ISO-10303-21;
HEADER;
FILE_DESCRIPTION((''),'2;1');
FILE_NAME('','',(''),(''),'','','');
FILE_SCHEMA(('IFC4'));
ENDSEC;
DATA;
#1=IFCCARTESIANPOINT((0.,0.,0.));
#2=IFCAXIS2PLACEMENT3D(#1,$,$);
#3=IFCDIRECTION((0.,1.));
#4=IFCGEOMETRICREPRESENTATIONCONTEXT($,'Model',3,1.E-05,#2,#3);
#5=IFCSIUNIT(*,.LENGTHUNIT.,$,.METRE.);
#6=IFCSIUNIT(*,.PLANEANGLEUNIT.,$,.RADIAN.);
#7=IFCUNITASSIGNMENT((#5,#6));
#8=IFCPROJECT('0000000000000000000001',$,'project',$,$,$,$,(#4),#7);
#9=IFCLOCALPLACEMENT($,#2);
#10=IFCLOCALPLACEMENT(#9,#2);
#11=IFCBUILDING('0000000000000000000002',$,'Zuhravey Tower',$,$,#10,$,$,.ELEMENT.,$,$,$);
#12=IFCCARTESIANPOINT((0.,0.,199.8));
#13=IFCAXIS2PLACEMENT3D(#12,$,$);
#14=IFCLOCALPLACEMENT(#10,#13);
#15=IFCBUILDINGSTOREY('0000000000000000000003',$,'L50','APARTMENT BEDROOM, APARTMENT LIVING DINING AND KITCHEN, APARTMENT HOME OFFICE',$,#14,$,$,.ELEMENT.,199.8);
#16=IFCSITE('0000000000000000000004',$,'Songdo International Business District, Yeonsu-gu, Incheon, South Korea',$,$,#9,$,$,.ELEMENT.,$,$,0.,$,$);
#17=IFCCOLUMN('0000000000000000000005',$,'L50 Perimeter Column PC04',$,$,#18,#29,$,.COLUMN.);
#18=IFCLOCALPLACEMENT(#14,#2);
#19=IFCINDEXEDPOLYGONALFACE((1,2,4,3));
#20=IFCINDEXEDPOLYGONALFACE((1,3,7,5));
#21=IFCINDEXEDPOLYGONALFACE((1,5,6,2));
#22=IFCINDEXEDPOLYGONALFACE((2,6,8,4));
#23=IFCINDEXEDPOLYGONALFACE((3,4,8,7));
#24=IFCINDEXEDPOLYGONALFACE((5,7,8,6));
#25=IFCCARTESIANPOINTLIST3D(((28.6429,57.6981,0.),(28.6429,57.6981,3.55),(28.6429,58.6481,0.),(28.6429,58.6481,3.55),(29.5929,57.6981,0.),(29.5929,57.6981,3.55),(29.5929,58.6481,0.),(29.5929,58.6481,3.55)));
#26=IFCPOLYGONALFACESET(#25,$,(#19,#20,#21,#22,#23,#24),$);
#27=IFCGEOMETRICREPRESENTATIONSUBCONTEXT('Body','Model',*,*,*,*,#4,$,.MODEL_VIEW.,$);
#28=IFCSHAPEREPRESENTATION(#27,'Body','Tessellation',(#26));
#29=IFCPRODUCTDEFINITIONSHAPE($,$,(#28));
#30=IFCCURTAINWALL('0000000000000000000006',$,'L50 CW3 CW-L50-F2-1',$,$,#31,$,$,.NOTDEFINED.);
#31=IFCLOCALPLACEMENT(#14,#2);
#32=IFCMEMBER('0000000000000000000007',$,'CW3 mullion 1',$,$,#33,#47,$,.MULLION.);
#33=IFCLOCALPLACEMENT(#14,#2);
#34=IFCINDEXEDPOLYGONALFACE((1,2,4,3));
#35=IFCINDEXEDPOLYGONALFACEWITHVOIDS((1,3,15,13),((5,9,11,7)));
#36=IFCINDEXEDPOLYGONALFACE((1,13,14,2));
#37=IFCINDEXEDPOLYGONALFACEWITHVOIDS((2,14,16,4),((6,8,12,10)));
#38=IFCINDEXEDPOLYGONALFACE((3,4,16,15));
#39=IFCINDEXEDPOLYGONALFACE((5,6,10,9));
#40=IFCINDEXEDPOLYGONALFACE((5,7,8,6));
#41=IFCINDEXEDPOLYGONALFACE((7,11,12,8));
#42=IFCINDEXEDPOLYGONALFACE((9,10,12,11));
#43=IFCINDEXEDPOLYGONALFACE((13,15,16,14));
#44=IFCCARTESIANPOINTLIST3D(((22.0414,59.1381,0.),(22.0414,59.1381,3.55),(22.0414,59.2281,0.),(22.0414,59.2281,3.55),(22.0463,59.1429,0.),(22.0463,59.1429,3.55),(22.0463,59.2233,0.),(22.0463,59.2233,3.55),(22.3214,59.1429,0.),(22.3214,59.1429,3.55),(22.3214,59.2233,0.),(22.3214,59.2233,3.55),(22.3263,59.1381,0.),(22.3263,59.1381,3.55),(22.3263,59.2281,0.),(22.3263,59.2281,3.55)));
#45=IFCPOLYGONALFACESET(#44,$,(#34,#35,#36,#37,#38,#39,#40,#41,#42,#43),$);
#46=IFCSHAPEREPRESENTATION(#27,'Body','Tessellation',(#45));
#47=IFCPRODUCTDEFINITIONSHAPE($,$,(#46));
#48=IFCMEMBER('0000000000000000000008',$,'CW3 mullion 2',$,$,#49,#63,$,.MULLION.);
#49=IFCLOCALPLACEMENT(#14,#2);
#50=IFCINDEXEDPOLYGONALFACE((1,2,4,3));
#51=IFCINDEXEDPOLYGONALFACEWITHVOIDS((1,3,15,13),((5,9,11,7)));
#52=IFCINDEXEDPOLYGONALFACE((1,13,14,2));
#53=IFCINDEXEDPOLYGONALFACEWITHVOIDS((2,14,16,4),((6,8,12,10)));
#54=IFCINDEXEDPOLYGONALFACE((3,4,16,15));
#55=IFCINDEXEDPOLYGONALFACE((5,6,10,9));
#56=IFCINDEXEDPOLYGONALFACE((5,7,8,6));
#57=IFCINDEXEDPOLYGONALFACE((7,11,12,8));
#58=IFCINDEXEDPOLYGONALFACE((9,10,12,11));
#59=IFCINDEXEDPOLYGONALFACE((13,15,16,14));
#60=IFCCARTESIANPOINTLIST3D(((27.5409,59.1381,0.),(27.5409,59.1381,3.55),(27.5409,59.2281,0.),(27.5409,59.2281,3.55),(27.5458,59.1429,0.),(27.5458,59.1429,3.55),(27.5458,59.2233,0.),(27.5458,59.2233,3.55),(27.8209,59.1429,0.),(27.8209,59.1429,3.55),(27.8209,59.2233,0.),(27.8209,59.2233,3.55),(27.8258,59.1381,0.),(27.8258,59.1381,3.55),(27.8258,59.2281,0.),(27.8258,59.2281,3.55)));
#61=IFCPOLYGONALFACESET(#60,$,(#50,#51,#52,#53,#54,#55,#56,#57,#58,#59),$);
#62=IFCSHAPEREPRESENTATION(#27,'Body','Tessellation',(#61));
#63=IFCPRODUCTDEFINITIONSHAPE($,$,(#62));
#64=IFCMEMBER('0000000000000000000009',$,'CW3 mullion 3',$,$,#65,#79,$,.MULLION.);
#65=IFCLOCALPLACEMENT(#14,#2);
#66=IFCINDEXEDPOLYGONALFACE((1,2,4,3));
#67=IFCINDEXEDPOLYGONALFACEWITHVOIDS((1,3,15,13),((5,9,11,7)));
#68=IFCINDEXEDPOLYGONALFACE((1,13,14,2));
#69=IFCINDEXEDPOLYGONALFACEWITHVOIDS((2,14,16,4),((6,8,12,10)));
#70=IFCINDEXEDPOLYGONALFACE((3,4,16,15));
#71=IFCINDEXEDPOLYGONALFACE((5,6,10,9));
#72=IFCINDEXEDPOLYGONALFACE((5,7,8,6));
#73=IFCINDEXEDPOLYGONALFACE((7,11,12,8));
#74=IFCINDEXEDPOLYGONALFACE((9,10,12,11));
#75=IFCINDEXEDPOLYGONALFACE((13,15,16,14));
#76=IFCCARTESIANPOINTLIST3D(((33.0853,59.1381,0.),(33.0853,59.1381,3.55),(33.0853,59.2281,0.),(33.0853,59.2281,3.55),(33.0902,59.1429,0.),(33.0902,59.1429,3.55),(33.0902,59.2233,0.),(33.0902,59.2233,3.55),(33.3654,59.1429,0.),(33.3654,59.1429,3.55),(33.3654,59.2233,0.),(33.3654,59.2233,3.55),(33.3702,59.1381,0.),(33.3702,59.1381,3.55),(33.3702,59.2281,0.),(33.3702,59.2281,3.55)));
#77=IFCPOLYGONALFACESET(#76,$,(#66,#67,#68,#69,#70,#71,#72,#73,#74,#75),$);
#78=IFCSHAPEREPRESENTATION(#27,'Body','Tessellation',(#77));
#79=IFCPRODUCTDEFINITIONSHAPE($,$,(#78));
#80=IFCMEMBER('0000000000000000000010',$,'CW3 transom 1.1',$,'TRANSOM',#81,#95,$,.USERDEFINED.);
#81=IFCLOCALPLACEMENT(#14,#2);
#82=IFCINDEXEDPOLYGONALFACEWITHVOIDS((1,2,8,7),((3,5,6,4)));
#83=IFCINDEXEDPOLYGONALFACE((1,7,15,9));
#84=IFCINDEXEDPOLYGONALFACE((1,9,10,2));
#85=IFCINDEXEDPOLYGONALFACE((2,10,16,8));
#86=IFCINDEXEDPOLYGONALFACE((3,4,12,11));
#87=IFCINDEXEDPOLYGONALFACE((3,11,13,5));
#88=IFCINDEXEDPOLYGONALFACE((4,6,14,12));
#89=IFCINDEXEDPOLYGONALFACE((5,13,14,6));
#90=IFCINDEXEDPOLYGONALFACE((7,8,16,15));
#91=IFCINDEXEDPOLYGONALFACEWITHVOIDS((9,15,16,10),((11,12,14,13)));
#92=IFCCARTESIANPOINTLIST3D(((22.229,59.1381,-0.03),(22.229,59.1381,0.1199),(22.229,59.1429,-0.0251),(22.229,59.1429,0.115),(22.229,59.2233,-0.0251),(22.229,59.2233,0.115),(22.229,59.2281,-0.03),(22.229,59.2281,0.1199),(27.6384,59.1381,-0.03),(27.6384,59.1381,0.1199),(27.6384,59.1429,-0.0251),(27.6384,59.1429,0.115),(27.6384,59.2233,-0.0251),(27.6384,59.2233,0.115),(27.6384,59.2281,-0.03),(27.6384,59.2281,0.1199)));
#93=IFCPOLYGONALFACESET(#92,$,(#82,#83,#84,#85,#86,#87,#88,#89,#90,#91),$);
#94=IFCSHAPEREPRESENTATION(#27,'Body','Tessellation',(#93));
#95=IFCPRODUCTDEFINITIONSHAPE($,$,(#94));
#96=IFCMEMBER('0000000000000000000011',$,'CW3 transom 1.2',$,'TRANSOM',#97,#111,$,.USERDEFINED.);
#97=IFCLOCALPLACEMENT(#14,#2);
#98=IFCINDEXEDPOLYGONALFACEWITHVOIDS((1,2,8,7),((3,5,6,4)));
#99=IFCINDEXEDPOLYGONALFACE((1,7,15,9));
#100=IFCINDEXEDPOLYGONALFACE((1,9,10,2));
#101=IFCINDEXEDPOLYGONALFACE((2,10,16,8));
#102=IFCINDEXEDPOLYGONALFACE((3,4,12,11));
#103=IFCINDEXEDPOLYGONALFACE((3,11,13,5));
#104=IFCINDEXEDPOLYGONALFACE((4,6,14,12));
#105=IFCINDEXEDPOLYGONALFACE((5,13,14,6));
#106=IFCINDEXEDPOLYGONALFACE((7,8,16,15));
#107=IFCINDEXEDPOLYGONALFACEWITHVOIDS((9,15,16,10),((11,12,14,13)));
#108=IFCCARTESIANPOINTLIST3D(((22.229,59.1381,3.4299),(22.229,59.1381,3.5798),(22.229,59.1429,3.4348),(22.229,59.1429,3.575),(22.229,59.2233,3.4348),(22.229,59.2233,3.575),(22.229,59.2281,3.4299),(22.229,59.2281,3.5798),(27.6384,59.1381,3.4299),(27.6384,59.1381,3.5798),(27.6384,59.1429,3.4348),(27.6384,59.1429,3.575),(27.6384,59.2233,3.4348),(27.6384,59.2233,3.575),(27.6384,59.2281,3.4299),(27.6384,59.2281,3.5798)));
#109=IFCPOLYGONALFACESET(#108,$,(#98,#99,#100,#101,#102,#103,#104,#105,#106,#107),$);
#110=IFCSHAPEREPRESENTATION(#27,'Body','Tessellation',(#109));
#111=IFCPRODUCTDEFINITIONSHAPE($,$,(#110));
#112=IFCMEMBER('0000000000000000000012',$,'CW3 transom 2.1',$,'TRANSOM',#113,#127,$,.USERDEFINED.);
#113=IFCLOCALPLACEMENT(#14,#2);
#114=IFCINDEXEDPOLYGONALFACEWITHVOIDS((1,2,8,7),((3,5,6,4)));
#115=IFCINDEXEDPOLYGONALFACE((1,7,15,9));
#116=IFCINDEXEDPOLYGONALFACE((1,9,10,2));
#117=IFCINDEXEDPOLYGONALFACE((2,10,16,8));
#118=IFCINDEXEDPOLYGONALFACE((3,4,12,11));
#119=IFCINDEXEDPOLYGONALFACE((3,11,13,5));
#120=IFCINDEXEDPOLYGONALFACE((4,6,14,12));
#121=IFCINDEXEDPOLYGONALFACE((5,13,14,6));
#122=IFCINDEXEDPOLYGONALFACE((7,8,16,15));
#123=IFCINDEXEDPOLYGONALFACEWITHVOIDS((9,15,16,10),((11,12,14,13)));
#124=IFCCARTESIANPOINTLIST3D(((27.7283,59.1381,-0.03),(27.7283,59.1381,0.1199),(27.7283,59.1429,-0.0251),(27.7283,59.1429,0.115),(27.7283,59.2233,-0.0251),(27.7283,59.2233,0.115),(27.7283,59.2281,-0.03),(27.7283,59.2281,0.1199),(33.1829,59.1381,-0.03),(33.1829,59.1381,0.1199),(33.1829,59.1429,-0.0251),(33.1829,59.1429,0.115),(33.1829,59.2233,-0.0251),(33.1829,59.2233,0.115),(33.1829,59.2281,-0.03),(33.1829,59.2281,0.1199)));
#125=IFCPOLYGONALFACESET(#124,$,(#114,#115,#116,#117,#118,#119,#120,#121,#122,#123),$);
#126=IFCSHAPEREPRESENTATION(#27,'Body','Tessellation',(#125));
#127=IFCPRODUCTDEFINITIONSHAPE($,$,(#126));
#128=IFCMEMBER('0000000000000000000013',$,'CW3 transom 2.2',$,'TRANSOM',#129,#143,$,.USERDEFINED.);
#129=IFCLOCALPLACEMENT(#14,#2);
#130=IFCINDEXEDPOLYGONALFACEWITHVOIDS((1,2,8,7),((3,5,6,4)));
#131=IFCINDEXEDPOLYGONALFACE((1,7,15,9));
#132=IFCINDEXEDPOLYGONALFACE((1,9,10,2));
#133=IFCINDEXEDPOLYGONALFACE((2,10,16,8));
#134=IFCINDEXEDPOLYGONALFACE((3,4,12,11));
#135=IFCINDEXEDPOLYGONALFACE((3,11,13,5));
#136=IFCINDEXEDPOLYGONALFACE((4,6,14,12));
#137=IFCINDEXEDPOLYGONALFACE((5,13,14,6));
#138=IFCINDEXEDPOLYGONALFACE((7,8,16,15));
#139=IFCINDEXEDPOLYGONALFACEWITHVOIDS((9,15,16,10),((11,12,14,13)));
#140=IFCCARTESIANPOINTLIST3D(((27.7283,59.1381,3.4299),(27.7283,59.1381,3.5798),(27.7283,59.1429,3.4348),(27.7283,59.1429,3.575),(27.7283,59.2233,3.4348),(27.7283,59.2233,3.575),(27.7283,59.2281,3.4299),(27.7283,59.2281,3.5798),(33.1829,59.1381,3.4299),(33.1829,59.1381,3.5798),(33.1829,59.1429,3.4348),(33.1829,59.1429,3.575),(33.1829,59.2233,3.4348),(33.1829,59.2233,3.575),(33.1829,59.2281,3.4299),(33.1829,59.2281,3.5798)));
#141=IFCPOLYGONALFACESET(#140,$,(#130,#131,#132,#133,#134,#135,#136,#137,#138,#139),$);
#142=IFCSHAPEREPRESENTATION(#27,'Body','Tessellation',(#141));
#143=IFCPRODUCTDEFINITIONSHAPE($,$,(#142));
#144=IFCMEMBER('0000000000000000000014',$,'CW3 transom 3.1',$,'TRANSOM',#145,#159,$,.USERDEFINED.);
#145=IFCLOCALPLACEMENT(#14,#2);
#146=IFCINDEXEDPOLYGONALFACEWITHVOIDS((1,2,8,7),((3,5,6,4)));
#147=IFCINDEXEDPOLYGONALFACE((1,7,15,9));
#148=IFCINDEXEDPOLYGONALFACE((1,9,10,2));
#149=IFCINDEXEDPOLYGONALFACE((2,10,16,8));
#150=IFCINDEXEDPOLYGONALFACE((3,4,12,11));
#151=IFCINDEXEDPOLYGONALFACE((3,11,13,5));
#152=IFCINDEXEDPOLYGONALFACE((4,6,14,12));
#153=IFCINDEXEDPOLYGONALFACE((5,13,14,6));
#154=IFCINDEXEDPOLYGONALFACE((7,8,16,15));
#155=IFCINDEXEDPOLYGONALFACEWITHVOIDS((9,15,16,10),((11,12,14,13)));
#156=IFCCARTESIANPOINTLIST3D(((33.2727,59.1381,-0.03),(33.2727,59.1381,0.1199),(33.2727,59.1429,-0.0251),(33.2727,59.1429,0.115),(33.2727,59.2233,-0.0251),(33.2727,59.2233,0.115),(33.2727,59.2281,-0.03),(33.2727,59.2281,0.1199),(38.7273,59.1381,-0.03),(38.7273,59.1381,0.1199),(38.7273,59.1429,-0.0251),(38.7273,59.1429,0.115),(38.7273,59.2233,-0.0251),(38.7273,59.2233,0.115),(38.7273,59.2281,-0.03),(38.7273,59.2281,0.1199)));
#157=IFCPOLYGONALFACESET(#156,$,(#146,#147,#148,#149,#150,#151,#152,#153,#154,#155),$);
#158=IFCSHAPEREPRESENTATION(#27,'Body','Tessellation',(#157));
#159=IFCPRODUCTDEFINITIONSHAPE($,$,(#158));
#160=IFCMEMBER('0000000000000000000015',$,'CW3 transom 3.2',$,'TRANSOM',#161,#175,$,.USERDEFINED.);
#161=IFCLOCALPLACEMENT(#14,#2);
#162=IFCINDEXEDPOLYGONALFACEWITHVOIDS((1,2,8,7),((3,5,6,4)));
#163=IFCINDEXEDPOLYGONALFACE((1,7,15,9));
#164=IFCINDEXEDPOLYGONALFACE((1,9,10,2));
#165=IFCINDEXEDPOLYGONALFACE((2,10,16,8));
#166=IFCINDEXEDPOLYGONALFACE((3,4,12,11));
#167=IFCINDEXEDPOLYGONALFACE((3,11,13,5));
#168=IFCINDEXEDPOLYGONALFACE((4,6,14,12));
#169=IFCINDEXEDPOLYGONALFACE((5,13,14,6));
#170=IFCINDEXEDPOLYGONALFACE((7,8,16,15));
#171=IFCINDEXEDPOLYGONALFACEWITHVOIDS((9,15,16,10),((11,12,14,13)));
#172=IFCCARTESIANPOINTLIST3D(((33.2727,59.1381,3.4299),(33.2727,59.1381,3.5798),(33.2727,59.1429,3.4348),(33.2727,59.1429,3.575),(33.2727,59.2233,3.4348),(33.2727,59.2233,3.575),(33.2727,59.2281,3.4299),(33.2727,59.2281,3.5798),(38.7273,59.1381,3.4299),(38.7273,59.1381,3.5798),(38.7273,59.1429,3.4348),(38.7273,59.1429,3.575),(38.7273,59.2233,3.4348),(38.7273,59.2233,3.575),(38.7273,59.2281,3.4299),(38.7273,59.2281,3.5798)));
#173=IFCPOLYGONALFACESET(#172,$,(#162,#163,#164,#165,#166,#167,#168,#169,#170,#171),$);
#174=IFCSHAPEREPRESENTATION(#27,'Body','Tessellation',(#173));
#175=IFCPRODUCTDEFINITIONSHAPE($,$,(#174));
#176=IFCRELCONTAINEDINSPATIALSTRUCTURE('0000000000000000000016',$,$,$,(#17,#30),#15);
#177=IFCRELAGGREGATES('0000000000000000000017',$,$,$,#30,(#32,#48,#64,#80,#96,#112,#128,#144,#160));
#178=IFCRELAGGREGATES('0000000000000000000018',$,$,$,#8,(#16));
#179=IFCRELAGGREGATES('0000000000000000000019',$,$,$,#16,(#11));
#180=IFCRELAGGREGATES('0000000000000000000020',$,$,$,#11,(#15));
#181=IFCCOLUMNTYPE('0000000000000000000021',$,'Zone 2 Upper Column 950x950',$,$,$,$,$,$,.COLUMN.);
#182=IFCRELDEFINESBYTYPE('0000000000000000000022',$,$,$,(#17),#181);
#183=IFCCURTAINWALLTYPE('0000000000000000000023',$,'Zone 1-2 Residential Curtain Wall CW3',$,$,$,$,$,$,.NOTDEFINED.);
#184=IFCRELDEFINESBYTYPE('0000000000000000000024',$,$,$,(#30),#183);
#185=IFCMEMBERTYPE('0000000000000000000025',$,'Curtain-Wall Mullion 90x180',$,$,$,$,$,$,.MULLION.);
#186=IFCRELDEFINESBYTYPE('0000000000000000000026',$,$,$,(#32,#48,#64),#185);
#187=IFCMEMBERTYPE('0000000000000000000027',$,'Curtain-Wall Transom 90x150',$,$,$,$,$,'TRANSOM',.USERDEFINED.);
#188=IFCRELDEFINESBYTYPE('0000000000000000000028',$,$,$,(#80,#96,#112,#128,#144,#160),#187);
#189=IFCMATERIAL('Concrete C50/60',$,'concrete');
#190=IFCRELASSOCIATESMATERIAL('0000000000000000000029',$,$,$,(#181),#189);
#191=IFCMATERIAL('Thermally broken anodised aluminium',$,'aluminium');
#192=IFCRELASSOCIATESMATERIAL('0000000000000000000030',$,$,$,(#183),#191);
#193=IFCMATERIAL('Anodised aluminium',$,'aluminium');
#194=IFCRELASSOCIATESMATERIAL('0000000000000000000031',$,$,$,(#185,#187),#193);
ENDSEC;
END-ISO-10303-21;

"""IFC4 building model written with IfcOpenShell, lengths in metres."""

from ifc_helpers import new_model, si_unit, direction, frame, origin, origin_2d, place, context, subcontext, project, spatial, rectangle, hollow_rectangle, extrude, material, material_profile, profile_set, type_object, element, aggregate, save


model = new_model("IFC4")

# Units and contexts
model_context = context("Model", 3, precision=1e-05, world=origin(), true_north=direction((0.0, 1.0)))
body_context = subcontext(model_context, "Body", "Model", "MODEL_VIEW")
ifc_project = project(units=[si_unit("LENGTHUNIT", "METRE"), si_unit("PLANEANGLEUNIT", "RADIAN")], contexts=[model_context])

# Site, building, storey
site_placement = place(None, origin())
site = spatial("IfcSite", under=ifc_project, at=site_placement, Name="Songdo International Business District, Yeonsu-gu, Incheon, South Korea", CompositionType="ELEMENT", RefElevation=0.0)
building_placement = place(site_placement, origin())
building = spatial("IfcBuilding", under=site, at=building_placement, Name="Zuhravey Tower", CompositionType="ELEMENT")
storey_placement = place(building_placement, frame((0.0, 0.0, 199.8)))
storey = spatial("IfcBuildingStorey", under=building, at=storey_placement, Name="L50", Description="APARTMENT BEDROOM, APARTMENT LIVING DINING AND KITCHEN, APARTMENT HOME OFFICE", CompositionType="ELEMENT", Elevation=199.8)

# Column
ifc_material_1 = material(Name="Concrete C50/60", Category="concrete")
ifc_material_profile_1 = material_profile(ifc_material_1, rectangle(XDim=0.95, YDim=0.95, at=origin_2d()), Name="RC-950x950")
ifc_profile_set_1 = profile_set([ifc_material_profile_1], Name="Concrete C50/60")
column_type = type_object("IfcColumnType", Name="Zone 2 Upper Column 950x950", PredefinedType="COLUMN", material=ifc_profile_set_1)
column_placement = place(storey_placement, frame((29.1179, 58.1731, 0.0), z_axis=(0.0, 0.0, 1.0), x_axis=(-1.0, 0.0, 0.0)))
element("IfcColumn", 1, at=column_placement, inside=storey, type_object=column_type, Name="L50 Perimeter Column PC04", PredefinedType="COLUMN", context=body_context, shape_type="SweptSolid", body=[
    extrude(rectangle(XDim=0.95, YDim=0.95, at=origin_2d()), origin(), (0.0, 0.0, 1.0), 3.55),
])

# Curtain wall, members
ifc_material_2 = material(Name="Thermally broken anodised aluminium", Category="aluminium")
curtain_wall_type = type_object("IfcCurtainWallType", Name="Zone 1-2 Residential Curtain Wall CW3", PredefinedType="NOTDEFINED", material=ifc_material_2)
curtain_wall_placement = place(storey_placement, origin())
curtain_wall = element("IfcCurtainWall", 2, at=curtain_wall_placement, inside=storey, type_object=curtain_wall_type, Name="L50 CW3 CW-L50-F2-1", PredefinedType="NOTDEFINED")
ifc_material_3 = material(Name="Anodised aluminium", Category="aluminium")
ifc_material_profile_2 = material_profile(ifc_material_3, hollow_rectangle(XDim=0.0901, YDim=0.2849, WallThickness=0.0049, at=origin_2d()), Name="ALU-RHS-90x285x5")
ifc_profile_set_2 = profile_set([ifc_material_profile_2], Name="Anodised aluminium")
member_type_1 = type_object("IfcMemberType", Name="Curtain-Wall Mullion 90x180", PredefinedType="MULLION", material=ifc_profile_set_2)
member_1_placement = place(storey_placement, frame((22.1838, 59.1831, 0.0), z_axis=(0.0, 0.0, 1.0), x_axis=(0.0, 1.0, 0.0)))
member_1 = element("IfcMember", 3, at=member_1_placement, type_object=member_type_1, Name="CW3 mullion 1", PredefinedType="MULLION", context=body_context, shape_type="SweptSolid", body=[
    extrude(hollow_rectangle(XDim=0.0901, YDim=0.2849, WallThickness=0.0049, at=origin_2d()), origin(), (0.0, 0.0, 1.0), 3.55),
])
member_2_placement = place(storey_placement, frame((27.6833, 59.1831, 0.0), z_axis=(0.0, 0.0, 1.0), x_axis=(0.0, 1.0, 0.0)))
member_2 = element("IfcMember", 4, at=member_2_placement, type_object=member_type_1, Name="CW3 mullion 2", PredefinedType="MULLION", context=body_context, shape_type="SweptSolid", body=[
    extrude(hollow_rectangle(XDim=0.0901, YDim=0.2849, WallThickness=0.0049, at=origin_2d()), origin(), (0.0, 0.0, 1.0), 3.55),
])
member_3_placement = place(storey_placement, frame((33.2278, 59.1831, 0.0), z_axis=(0.0, 0.0, 1.0), x_axis=(0.0, 1.0, 0.0)))
member_3 = element("IfcMember", 5, at=member_3_placement, type_object=member_type_1, Name="CW3 mullion 3", PredefinedType="MULLION", context=body_context, shape_type="SweptSolid", body=[
    extrude(hollow_rectangle(XDim=0.0901, YDim=0.2849, WallThickness=0.0049, at=origin_2d()), origin(), (0.0, 0.0, 1.0), 3.55),
])
ifc_material_profile_3 = material_profile(ifc_material_3, hollow_rectangle(XDim=0.0901, YDim=0.1499, WallThickness=0.0049, at=origin_2d()), Name="ALU-RHS-90x150x5")
ifc_profile_set_3 = profile_set([ifc_material_profile_3], Name="Anodised aluminium")
member_type_2 = type_object("IfcMemberType", Name="Curtain-Wall Transom 90x150", ElementType="TRANSOM", PredefinedType="USERDEFINED", material=ifc_profile_set_3)
member_4_placement = place(storey_placement, frame((22.229, 59.1831, 0.0449), z_axis=(1.0, 0.0, 0.0), x_axis=(0.0, 1.0, 0.0)))
member_4 = element("IfcMember", 6, at=member_4_placement, type_object=member_type_2, Name="CW3 transom 1.1", ObjectType="TRANSOM", PredefinedType="USERDEFINED", context=body_context, shape_type="SweptSolid", body=[
    extrude(hollow_rectangle(XDim=0.0901, YDim=0.1499, WallThickness=0.0049, at=origin_2d()), origin(), (0.0, 0.0, 1.0), 5.4094),
])
member_5_placement = place(storey_placement, frame((22.229, 59.1831, 3.5049), z_axis=(1.0, 0.0, 0.0), x_axis=(0.0, 1.0, 0.0)))
member_5 = element("IfcMember", 7, at=member_5_placement, type_object=member_type_2, Name="CW3 transom 1.2", ObjectType="TRANSOM", PredefinedType="USERDEFINED", context=body_context, shape_type="SweptSolid", body=[
    extrude(hollow_rectangle(XDim=0.0901, YDim=0.1499, WallThickness=0.0049, at=origin_2d()), origin(), (0.0, 0.0, 1.0), 5.4094),
])
member_6_placement = place(storey_placement, frame((27.7283, 59.1831, 0.0449), z_axis=(1.0, 0.0, 0.0), x_axis=(0.0, 1.0, 0.0)))
member_6 = element("IfcMember", 8, at=member_6_placement, type_object=member_type_2, Name="CW3 transom 2.1", ObjectType="TRANSOM", PredefinedType="USERDEFINED", context=body_context, shape_type="SweptSolid", body=[
    extrude(hollow_rectangle(XDim=0.0901, YDim=0.1499, WallThickness=0.0049, at=origin_2d()), origin(), (0.0, 0.0, 1.0), 5.4546),
])
member_7_placement = place(storey_placement, frame((27.7283, 59.1831, 3.5049), z_axis=(1.0, 0.0, 0.0), x_axis=(0.0, 1.0, 0.0)))
member_7 = element("IfcMember", 9, at=member_7_placement, type_object=member_type_2, Name="CW3 transom 2.2", ObjectType="TRANSOM", PredefinedType="USERDEFINED", context=body_context, shape_type="SweptSolid", body=[
    extrude(hollow_rectangle(XDim=0.0901, YDim=0.1499, WallThickness=0.0049, at=origin_2d()), origin(), (0.0, 0.0, 1.0), 5.4546),
])
member_8_placement = place(storey_placement, frame((33.2727, 59.1831, 0.0449), z_axis=(1.0, 0.0, 0.0), x_axis=(0.0, 1.0, 0.0)))
member_8 = element("IfcMember", 10, at=member_8_placement, type_object=member_type_2, Name="CW3 transom 3.1", ObjectType="TRANSOM", PredefinedType="USERDEFINED", context=body_context, shape_type="SweptSolid", body=[
    extrude(hollow_rectangle(XDim=0.0901, YDim=0.1499, WallThickness=0.0049, at=origin_2d()), origin(), (0.0, 0.0, 1.0), 5.4546),
])
member_9_placement = place(storey_placement, frame((33.2727, 59.1831, 3.5049), z_axis=(1.0, 0.0, 0.0), x_axis=(0.0, 1.0, 0.0)))
member_9 = element("IfcMember", 11, at=member_9_placement, type_object=member_type_2, Name="CW3 transom 3.2", ObjectType="TRANSOM", PredefinedType="USERDEFINED", context=body_context, shape_type="SweptSolid", body=[
    extrude(hollow_rectangle(XDim=0.0901, YDim=0.1499, WallThickness=0.0049, at=origin_2d()), origin(), (0.0, 0.0, 1.0), 5.4546),
])

aggregate(curtain_wall, [member_1, member_2, member_3, member_4, member_5, member_6, member_7, member_8, member_9])

save(model, "model.ifc")
